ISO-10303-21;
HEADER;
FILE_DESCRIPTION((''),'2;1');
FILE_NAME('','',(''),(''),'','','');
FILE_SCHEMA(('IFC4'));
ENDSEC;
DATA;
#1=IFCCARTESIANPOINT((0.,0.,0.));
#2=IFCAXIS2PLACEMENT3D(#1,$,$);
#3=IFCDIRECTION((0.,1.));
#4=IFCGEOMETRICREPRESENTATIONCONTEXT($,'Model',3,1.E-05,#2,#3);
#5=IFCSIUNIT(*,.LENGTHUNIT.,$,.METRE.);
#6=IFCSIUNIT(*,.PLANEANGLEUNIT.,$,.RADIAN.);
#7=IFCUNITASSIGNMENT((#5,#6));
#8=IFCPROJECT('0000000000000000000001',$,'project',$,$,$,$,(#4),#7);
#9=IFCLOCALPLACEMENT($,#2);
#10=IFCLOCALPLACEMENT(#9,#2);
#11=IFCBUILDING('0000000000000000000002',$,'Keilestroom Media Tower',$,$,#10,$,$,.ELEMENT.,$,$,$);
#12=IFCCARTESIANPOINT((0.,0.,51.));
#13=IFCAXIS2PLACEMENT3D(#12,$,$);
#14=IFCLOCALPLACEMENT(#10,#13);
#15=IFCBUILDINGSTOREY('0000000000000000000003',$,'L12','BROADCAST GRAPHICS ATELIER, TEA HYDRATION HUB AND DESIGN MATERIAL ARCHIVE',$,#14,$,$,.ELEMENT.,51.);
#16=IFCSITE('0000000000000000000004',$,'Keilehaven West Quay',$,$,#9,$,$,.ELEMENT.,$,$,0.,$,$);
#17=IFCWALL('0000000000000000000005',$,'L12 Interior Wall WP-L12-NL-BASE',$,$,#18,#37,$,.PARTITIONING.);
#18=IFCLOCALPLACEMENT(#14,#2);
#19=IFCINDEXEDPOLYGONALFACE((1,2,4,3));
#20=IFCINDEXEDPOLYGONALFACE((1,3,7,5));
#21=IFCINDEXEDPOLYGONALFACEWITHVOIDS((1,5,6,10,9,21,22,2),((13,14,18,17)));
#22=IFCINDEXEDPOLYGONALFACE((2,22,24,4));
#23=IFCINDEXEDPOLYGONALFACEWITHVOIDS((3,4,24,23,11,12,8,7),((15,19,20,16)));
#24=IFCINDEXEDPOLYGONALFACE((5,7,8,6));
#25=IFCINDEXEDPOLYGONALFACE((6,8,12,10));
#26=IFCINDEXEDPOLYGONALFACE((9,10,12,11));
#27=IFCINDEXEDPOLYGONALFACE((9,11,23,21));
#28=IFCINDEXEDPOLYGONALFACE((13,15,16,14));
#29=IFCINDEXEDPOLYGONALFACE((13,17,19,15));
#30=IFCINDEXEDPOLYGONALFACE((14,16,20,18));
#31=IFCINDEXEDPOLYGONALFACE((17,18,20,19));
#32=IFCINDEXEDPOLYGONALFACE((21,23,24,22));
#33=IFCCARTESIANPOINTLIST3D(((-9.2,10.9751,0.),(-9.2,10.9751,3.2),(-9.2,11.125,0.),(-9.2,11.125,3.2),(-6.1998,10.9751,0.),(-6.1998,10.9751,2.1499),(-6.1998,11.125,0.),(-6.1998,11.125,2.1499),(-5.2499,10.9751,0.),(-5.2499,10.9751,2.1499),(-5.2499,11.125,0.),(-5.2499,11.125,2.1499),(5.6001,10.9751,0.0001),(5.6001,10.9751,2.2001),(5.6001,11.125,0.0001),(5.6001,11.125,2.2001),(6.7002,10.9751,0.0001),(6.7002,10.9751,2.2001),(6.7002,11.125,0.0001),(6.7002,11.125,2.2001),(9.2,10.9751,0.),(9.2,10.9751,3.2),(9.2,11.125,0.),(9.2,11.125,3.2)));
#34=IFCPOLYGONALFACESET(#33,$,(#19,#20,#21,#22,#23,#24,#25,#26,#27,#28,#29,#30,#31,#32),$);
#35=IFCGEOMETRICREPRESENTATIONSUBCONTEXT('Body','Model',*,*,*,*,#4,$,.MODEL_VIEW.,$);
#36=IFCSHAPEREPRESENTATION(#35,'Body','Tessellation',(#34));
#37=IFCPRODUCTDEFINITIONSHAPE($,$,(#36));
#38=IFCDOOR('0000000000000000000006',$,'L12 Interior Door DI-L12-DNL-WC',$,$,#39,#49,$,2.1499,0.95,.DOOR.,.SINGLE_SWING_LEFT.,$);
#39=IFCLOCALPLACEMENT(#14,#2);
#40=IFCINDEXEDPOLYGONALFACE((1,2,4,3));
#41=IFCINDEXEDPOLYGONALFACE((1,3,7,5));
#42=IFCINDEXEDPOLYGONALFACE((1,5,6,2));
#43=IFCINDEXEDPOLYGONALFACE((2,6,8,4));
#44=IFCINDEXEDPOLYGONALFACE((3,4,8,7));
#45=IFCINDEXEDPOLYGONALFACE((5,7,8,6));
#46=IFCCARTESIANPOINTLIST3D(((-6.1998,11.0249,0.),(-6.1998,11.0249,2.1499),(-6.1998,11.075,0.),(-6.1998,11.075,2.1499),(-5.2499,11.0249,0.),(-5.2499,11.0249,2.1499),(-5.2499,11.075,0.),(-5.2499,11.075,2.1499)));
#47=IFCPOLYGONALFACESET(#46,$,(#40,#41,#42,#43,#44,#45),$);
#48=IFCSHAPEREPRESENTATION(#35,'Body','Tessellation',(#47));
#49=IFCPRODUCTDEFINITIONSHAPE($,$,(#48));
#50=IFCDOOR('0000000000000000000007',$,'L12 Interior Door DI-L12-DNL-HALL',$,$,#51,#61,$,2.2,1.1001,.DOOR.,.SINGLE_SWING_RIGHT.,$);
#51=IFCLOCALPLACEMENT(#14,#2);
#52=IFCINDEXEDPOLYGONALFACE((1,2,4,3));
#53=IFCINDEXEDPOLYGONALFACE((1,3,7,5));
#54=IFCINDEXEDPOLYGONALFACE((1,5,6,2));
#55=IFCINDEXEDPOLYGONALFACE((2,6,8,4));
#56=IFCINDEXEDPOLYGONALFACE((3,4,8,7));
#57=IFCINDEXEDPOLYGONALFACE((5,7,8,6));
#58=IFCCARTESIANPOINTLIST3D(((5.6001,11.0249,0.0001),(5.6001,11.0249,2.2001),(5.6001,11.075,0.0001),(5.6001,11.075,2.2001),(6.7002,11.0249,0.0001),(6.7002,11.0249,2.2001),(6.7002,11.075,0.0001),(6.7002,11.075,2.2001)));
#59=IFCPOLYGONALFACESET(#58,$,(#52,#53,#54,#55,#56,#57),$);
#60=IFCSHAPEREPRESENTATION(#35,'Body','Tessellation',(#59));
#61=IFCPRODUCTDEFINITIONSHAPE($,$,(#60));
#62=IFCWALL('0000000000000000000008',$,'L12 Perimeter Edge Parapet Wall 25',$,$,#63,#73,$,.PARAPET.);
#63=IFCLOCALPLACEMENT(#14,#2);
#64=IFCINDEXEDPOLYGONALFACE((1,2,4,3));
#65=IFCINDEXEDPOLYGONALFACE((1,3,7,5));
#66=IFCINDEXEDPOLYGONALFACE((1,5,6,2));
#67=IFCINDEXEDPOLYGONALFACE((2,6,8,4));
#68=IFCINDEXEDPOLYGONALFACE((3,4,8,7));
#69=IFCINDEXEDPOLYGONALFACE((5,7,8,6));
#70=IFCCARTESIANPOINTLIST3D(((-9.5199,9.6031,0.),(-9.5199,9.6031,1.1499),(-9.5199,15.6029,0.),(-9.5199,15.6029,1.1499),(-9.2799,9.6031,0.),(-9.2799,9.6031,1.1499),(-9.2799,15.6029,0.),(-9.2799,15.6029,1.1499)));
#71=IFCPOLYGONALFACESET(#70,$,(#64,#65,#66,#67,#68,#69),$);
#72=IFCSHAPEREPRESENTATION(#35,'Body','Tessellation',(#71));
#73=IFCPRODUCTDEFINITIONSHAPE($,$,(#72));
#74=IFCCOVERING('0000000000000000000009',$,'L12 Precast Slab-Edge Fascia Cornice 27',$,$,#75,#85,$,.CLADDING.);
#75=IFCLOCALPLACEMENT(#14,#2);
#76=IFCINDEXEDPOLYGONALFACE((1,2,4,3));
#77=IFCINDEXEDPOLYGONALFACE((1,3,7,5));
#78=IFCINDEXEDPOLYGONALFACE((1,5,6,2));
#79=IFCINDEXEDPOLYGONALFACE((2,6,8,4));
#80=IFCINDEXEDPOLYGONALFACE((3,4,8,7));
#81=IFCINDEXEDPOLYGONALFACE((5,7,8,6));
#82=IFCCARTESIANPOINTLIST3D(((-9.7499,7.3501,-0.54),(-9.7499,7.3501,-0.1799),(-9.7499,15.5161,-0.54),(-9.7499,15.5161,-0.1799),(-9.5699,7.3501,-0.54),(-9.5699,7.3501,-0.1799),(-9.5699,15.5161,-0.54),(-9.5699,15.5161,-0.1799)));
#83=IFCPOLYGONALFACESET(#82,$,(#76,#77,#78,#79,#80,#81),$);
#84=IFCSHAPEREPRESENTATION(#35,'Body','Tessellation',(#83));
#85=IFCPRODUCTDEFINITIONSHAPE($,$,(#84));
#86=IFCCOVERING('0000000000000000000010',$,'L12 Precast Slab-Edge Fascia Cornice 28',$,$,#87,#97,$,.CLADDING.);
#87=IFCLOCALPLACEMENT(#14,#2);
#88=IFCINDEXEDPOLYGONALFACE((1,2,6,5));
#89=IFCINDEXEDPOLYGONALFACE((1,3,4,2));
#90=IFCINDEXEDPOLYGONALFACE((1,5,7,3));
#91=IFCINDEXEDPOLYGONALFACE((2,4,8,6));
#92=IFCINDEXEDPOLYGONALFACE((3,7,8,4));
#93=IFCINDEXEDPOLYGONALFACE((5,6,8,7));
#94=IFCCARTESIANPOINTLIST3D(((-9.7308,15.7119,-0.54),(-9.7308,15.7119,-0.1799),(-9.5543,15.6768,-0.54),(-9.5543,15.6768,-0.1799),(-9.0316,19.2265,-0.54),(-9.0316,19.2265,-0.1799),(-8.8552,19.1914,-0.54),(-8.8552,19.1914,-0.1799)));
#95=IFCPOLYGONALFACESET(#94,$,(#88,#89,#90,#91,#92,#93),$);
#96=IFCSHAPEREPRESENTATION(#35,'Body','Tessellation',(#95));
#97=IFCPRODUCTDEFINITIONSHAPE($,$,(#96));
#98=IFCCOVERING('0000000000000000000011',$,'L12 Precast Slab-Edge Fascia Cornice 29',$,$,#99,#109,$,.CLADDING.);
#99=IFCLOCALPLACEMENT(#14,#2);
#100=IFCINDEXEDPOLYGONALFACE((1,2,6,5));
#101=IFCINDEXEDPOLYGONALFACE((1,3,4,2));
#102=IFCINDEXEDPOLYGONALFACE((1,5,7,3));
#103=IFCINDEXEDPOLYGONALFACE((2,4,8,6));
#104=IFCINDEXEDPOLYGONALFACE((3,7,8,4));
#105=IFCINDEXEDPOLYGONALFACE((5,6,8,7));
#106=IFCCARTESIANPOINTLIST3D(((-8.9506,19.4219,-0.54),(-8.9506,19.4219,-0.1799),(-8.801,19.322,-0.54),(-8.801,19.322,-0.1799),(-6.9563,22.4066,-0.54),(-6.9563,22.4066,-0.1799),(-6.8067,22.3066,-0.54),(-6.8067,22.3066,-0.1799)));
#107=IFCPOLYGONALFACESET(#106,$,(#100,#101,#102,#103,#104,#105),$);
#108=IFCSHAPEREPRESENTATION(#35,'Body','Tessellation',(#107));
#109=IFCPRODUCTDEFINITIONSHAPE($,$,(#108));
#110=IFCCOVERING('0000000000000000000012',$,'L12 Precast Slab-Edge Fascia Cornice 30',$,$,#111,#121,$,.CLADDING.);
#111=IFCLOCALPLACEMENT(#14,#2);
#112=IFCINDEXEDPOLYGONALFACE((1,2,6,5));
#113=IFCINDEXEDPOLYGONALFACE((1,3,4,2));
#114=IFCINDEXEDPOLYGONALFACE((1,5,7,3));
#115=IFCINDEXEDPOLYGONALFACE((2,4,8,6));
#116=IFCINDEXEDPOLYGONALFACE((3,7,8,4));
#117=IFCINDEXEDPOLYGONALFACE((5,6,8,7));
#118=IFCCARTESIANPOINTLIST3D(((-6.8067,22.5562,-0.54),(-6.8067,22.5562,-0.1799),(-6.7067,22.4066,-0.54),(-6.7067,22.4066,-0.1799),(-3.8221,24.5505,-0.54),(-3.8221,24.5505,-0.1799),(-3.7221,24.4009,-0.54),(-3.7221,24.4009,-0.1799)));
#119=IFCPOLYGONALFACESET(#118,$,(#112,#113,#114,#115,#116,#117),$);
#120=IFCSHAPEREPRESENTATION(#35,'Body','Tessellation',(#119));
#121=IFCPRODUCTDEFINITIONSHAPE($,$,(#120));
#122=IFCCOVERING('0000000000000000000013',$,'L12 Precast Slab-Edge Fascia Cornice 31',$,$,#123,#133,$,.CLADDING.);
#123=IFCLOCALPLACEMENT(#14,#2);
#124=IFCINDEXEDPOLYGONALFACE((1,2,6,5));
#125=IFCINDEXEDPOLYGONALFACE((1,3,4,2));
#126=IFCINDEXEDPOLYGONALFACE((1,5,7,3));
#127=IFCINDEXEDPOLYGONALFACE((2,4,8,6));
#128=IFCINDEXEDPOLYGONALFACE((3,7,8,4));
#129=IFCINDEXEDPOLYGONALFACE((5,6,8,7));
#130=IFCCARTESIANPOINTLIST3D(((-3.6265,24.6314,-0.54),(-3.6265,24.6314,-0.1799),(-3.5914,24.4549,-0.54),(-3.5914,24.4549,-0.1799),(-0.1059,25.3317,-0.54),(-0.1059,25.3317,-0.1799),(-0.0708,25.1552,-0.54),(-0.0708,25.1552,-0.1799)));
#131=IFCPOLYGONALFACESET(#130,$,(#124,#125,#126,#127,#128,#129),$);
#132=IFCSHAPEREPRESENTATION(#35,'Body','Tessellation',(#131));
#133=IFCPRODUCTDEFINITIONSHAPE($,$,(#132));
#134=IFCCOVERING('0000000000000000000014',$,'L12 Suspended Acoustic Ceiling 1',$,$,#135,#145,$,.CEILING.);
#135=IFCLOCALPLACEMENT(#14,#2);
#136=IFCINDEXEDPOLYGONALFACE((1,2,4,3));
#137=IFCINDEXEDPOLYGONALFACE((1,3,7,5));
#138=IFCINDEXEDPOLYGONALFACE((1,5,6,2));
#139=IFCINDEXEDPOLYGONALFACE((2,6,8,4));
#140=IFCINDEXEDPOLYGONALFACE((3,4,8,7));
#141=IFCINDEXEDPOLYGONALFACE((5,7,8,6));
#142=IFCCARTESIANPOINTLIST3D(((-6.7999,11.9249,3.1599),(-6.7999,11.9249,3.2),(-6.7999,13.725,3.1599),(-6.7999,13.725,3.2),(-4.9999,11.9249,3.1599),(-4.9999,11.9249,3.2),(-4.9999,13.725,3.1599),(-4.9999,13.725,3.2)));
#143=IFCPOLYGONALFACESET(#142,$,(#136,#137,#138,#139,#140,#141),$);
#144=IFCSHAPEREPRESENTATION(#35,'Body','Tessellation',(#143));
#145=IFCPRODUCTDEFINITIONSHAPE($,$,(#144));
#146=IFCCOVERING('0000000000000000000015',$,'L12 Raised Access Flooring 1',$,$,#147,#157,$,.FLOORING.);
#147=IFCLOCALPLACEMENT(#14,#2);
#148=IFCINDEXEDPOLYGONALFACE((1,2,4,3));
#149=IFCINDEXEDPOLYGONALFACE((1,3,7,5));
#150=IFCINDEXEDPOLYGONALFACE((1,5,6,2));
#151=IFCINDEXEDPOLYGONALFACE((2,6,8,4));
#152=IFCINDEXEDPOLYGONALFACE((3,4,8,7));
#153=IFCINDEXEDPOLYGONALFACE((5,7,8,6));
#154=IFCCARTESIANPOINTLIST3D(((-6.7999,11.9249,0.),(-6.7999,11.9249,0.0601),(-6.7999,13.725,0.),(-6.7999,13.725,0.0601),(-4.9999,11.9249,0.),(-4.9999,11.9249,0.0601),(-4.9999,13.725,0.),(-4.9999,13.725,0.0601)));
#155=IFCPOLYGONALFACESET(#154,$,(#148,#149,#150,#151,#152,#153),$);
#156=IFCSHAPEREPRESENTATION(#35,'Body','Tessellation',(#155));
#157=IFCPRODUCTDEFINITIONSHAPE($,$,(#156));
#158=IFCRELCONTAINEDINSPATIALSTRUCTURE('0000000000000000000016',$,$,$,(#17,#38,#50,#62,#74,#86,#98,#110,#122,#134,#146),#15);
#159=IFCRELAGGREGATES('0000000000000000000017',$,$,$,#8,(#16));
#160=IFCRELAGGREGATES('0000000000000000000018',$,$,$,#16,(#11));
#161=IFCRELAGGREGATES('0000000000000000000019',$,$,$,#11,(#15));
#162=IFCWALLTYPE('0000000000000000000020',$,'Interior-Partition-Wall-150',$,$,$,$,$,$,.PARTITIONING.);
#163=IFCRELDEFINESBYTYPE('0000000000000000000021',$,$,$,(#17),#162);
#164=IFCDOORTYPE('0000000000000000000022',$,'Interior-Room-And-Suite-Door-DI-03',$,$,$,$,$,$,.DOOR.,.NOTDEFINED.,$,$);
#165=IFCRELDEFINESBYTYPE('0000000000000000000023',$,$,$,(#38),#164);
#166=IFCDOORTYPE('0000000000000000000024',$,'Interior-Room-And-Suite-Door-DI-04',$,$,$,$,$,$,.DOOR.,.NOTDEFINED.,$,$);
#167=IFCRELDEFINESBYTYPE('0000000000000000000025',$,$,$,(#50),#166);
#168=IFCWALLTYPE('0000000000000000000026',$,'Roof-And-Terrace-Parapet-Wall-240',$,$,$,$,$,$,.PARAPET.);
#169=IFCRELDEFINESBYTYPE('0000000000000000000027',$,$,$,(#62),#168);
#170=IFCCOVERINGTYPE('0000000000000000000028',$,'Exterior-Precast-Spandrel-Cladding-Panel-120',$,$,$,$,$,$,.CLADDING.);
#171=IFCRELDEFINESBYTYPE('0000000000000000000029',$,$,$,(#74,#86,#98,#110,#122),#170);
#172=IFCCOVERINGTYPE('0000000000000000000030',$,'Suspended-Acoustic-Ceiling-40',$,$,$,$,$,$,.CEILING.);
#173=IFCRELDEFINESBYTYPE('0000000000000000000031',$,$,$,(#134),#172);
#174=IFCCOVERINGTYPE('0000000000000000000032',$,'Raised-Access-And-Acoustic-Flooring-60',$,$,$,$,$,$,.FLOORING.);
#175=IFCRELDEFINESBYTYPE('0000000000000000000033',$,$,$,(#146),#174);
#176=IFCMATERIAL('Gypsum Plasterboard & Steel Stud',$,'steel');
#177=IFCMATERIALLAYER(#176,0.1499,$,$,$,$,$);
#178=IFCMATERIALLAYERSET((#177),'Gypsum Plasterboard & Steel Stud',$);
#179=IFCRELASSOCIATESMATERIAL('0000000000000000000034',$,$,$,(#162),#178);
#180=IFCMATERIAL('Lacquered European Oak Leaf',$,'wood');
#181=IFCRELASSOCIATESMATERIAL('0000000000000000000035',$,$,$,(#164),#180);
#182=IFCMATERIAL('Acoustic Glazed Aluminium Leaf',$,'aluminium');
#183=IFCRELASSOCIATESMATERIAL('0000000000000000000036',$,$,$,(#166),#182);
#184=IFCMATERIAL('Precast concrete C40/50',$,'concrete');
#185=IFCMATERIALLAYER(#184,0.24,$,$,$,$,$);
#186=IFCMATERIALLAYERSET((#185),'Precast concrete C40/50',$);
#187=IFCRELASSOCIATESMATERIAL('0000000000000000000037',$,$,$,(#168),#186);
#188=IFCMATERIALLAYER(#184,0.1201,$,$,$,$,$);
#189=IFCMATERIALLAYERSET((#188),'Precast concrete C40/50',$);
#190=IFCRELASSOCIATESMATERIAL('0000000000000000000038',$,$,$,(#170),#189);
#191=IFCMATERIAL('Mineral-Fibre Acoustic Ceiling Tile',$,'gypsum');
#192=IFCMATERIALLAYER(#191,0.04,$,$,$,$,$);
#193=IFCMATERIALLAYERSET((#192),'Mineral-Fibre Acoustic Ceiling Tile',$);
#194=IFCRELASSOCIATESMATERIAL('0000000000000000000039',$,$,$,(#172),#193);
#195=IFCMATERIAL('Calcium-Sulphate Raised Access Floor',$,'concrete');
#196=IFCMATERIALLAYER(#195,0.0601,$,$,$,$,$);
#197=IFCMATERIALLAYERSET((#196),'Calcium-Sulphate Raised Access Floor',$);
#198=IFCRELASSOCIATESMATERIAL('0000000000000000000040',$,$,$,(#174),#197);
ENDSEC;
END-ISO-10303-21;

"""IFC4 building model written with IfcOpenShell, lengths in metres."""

from ifc_helpers import new_model, si_unit, direction, frame, frame_2d, origin, origin_2d, place, context, subcontext, project, spatial, rectangle, extrude, source, transform, mapped, material, layer, layer_set, type_object, element, fill, save


model = new_model("IFC4")

# Units and contexts
model_context = context("Model", 3, precision=1e-05, world=origin(), true_north=direction((0.0, 1.0)))
body_context = subcontext(model_context, "Body", "Model", "MODEL_VIEW")
ifc_project = project(units=[si_unit("LENGTHUNIT", "METRE"), si_unit("PLANEANGLEUNIT", "RADIAN")], contexts=[model_context])

# Site, building, storey
site_placement = place(None, origin())
site = spatial("IfcSite", under=ifc_project, at=site_placement, Name="Keilehaven West Quay", CompositionType="ELEMENT", RefElevation=0.0)
building_placement = place(site_placement, origin())
building = spatial("IfcBuilding", under=site, at=building_placement, Name="Keilestroom Media Tower", CompositionType="ELEMENT")
storey_placement = place(building_placement, frame((0.0, 0.0, 51.0)))
storey = spatial("IfcBuildingStorey", under=building, at=storey_placement, Name="L12", Description="BROADCAST GRAPHICS ATELIER, TEA HYDRATION HUB AND DESIGN MATERIAL ARCHIVE", CompositionType="ELEMENT", Elevation=51.0)

# Shared definitions
ifc_material_1 = material(Name="Precast concrete C40/50", Category="concrete")
ifc_material_2 = material(Name="Gypsum Plasterboard & Steel Stud", Category="steel")

# Wall, openings, doors
ifc_layer_1 = layer(ifc_material_2, 0.1499)
ifc_layer_set_1 = layer_set([ifc_layer_1], Name="Gypsum Plasterboard & Steel Stud")
wall_type_1 = type_object("IfcWallType", Name="Interior-Partition-Wall-150", PredefinedType="PARTITIONING", material=ifc_layer_set_1)
wall_1_placement = place(storey_placement, frame((-9.2, 11.05, 0.0), z_axis=(0.0, 0.0, 1.0), x_axis=(1.0, 0.0, 0.0)))
wall_1 = element("IfcWall", 1, at=wall_1_placement, inside=storey, type_object=wall_type_1, Name="L12 Interior Wall WP-L12-NL-BASE", PredefinedType="PARTITIONING", context=body_context, shape_type="SweptSolid", body=[
    extrude(rectangle(XDim=18.3999, YDim=0.1499, at=frame_2d((9.2, 0.0))), origin(), (0.0, 0.0, 1.0), 3.2),
])
opening_1_placement = place(wall_1_placement, frame((3.0, 0.0, 0.0)))
opening_1 = element("IfcOpeningElement", 2, at=opening_1_placement, cuts=wall_1, PredefinedType="OPENING", context=body_context, shape_type="SweptSolid", body=[
    extrude(rectangle(XDim=0.95, YDim=2.1499, at=frame_2d((0.4751, 1.075))), frame((0.0, 0.085, 0.0), z_axis=(0.0, -1.0, 0.0), x_axis=(1.0, 0.0, 0.0)), (0.0, 0.0, 1.0), 0.1699),
])
opening_2_placement = place(wall_1_placement, frame((14.8, 0.0, 0.0)))
opening_2 = element("IfcOpeningElement", 3, at=opening_2_placement, cuts=wall_1, PredefinedType="OPENING", context=body_context, shape_type="SweptSolid", body=[
    extrude(rectangle(XDim=1.1001, YDim=2.2, at=frame_2d((0.55, 1.1001))), frame((0.0, 0.085, 0.0), z_axis=(0.0, -1.0, 0.0), x_axis=(1.0, 0.0, 0.0)), (0.0, 0.0, 1.0), 0.1699),
])
ifc_material_3 = material(Name="Lacquered European Oak Leaf", Category="wood")
door_type_1 = type_object("IfcDoorType", Name="Interior-Room-And-Suite-Door-DI-03", OperationType="NOTDEFINED", PredefinedType="DOOR", material=ifc_material_3)
shared_shape_1 = source(origin(), body_context, "Body", "SweptSolid", [
    extrude(rectangle(XDim=0.95, YDim=2.1499, at=frame_2d((0.4751, 1.075))), frame((0.0, 0.0249, 0.0), z_axis=(0.0, -1.0, 0.0), x_axis=(1.0, 0.0, 0.0)), (0.0, 0.0, 1.0), 0.05),
])
door_1_placement = place(opening_1_placement, origin())
door_1 = element("IfcDoor", 4, at=door_1_placement, inside=storey, type_object=door_type_1, Name="L12 Interior Door DI-L12-DNL-WC", OperationType="SINGLE_SWING_LEFT", OverallHeight=2.1499, OverallWidth=0.95, PredefinedType="DOOR", context=body_context, shape_type="MappedRepresentation", body=[
    mapped(shared_shape_1, transform((0.0, 0.0, 0.0), x_axis=(1.0, 0.0, 0.0), y_axis=(0.0, 1.0, 0.0), z_axis=(0.0, 0.0, 1.0), scale=1.0)),
])
fill(opening_1, door_1)
ifc_material_4 = material(Name="Acoustic Glazed Aluminium Leaf", Category="aluminium")
door_type_2 = type_object("IfcDoorType", Name="Interior-Room-And-Suite-Door-DI-04", OperationType="NOTDEFINED", PredefinedType="DOOR", material=ifc_material_4)
shared_shape_2 = source(origin(), body_context, "Body", "SweptSolid", [
    extrude(rectangle(XDim=1.1001, YDim=2.2, at=frame_2d((0.55, 1.1001))), frame((0.0, 0.0249, 0.0), z_axis=(0.0, -1.0, 0.0), x_axis=(1.0, 0.0, 0.0)), (0.0, 0.0, 1.0), 0.05),
])
door_2_placement = place(opening_2_placement, origin())
door_2 = element("IfcDoor", 5, at=door_2_placement, inside=storey, type_object=door_type_2, Name="L12 Interior Door DI-L12-DNL-HALL", OperationType="SINGLE_SWING_RIGHT", OverallHeight=2.2, OverallWidth=1.1001, PredefinedType="DOOR", context=body_context, shape_type="MappedRepresentation", body=[
    mapped(shared_shape_2, transform((0.0, 0.0, 0.0), x_axis=(1.0, 0.0, 0.0), y_axis=(0.0, 1.0, 0.0), z_axis=(0.0, 0.0, 1.0), scale=1.0)),
])
fill(opening_2, door_2)

# Wall
ifc_layer_2 = layer(ifc_material_1, 0.24)
ifc_layer_set_2 = layer_set([ifc_layer_2], Name="Precast concrete C40/50")
wall_type_2 = type_object("IfcWallType", Name="Roof-And-Terrace-Parapet-Wall-240", PredefinedType="PARAPET", material=ifc_layer_set_2)
wall_2_placement = place(storey_placement, frame((-9.3999, 9.603, 0.0), z_axis=(0.0, 0.0, 1.0), x_axis=(0.0, 1.0, 0.0)))
element("IfcWall", 6, at=wall_2_placement, inside=storey, type_object=wall_type_2, Name="L12 Perimeter Edge Parapet Wall 25", PredefinedType="PARAPET", context=body_context, shape_type="SweptSolid", body=[
    extrude(rectangle(XDim=5.9998, YDim=0.24, at=frame_2d((3.0, 0.0))), origin(), (0.0, 0.0, 1.0), 1.1499),
])

# Coverings
ifc_layer_3 = layer(ifc_material_1, 0.1201)
ifc_layer_set_3 = layer_set([ifc_layer_3], Name="Precast concrete C40/50")
covering_type_1 = type_object("IfcCoveringType", Name="Exterior-Precast-Spandrel-Cladding-Panel-120", PredefinedType="CLADDING", material=ifc_layer_set_3)
shared_shape_3 = source(origin(), body_context, "Body", "SweptSolid", [
    extrude(rectangle(XDim=8.166, YDim=0.1799, at=origin_2d()), origin(), (0.0, 0.0, 1.0), 0.3601),
])
covering_1_placement = place(storey_placement, frame((-9.6599, 11.4331, -0.54), z_axis=(0.0, 0.0, 1.0), x_axis=(0.0, 1.0, 0.0)))
element("IfcCovering", 7, at=covering_1_placement, inside=storey, type_object=covering_type_1, Name="L12 Precast Slab-Edge Fascia Cornice 27", PredefinedType="CLADDING", context=body_context, shape_type="MappedRepresentation", body=[
    mapped(shared_shape_3, transform((0.0, 0.0, 0.0), x_axis=(1.0, 0.0, 0.0), y_axis=(0.0, 1.0, 0.0), z_axis=(0.0, 0.0, 1.0), scale=1.0)),
])
shared_shape_4 = source(origin(), body_context, "Body", "SweptSolid", [
    extrude(rectangle(XDim=3.5835, YDim=0.1799, at=origin_2d()), origin(), (0.0, 0.0, 1.0), 0.3601),
])
covering_2_placement = place(storey_placement, frame((-9.293, 17.4517, -0.54), z_axis=(0.0, 0.0, 1.0), x_axis=(0.195099, 0.980784, 0.0)))
element("IfcCovering", 8, at=covering_2_placement, inside=storey, type_object=covering_type_1, Name="L12 Precast Slab-Edge Fascia Cornice 28", PredefinedType="CLADDING", context=body_context, shape_type="MappedRepresentation", body=[
    mapped(shared_shape_4, transform((0.0, 0.0, 0.0), x_axis=(1.0, 0.0, 0.0), y_axis=(0.0, 1.0, 0.0), z_axis=(0.0, 0.0, 1.0), scale=1.0)),
])
shared_shape_5 = source(origin(), body_context, "Body", "SweptSolid", [
    extrude(rectangle(XDim=3.5896, YDim=0.1799, at=origin_2d()), origin(), (0.0, 0.0, 1.0), 0.3601),
])
for number, where, z_axis, x_axis, name in (
    (9, (-7.8787, 20.8643, -0.54), (0.0, 0.0, 1.0), (0.555575, 0.831467, 0.0), "L12 Precast Slab-Edge Fascia Cornice 29"),
    (10, (-5.2644, 23.4785, -0.54), (0.0, 0.0, 1.0), (0.831467, 0.555575, 0.0), "L12 Precast Slab-Edge Fascia Cornice 30"),
    (11, (-1.8486, 24.8933, -0.54), (0.0, 0.0, 1.0), (0.980784, 0.195099, 0.0), "L12 Precast Slab-Edge Fascia Cornice 31"),
):
    element("IfcCovering", number, at=place(storey_placement, frame(where, z_axis=z_axis, x_axis=x_axis)), inside=storey, type_object=covering_type_1, Name=name, PredefinedType="CLADDING", context=body_context, shape_type="MappedRepresentation", body=[
        mapped(shared_shape_5, transform((0.0, 0.0, 0.0), x_axis=(1.0, 0.0, 0.0), y_axis=(0.0, 1.0, 0.0), z_axis=(0.0, 0.0, 1.0), scale=1.0)),
    ])
ifc_material_5 = material(Name="Mineral-Fibre Acoustic Ceiling Tile", Category="gypsum")
ifc_layer_4 = layer(ifc_material_5, 0.04)
ifc_layer_set_4 = layer_set([ifc_layer_4], Name="Mineral-Fibre Acoustic Ceiling Tile")
covering_type_2 = type_object("IfcCoveringType", Name="Suspended-Acoustic-Ceiling-40", PredefinedType="CEILING", material=ifc_layer_set_4)
shared_shape_6 = source(origin(), body_context, "Body", "SweptSolid", [
    extrude(rectangle(XDim=1.8, YDim=1.8, at=origin_2d()), origin(), (0.0, 0.0, 1.0), 0.04),
])
covering_3_placement = place(storey_placement, frame((-5.8999, 12.825, 3.1599), z_axis=(0.0, 0.0, 1.0), x_axis=(1.0, 0.0, 0.0)))
element("IfcCovering", 12, at=covering_3_placement, inside=storey, type_object=covering_type_2, Name="L12 Suspended Acoustic Ceiling 1", PredefinedType="CEILING", context=body_context, shape_type="MappedRepresentation", body=[
    mapped(shared_shape_6, transform((0.0, 0.0, 0.0), x_axis=(1.0, 0.0, 0.0), y_axis=(0.0, 1.0, 0.0), z_axis=(0.0, 0.0, 1.0), scale=1.0)),
])
ifc_material_6 = material(Name="Calcium-Sulphate Raised Access Floor", Category="concrete")
ifc_layer_5 = layer(ifc_material_6, 0.0601)
ifc_layer_set_5 = layer_set([ifc_layer_5], Name="Calcium-Sulphate Raised Access Floor")
covering_type_3 = type_object("IfcCoveringType", Name="Raised-Access-And-Acoustic-Flooring-60", PredefinedType="FLOORING", material=ifc_layer_set_5)
shared_shape_7 = source(origin(), body_context, "Body", "SweptSolid", [
    extrude(rectangle(XDim=1.8, YDim=1.8, at=origin_2d()), origin(), (0.0, 0.0, 1.0), 0.0601),
])
covering_4_placement = place(storey_placement, frame((-5.8999, 12.825, 0.0), z_axis=(0.0, 0.0, 1.0), x_axis=(1.0, 0.0, 0.0)))
element("IfcCovering", 13, at=covering_4_placement, inside=storey, type_object=covering_type_3, Name="L12 Raised Access Flooring 1", PredefinedType="FLOORING", context=body_context, shape_type="MappedRepresentation", body=[
    mapped(shared_shape_7, transform((0.0, 0.0, 0.0), x_axis=(1.0, 0.0, 0.0), y_axis=(0.0, 1.0, 0.0), z_axis=(0.0, 0.0, 1.0), scale=1.0)),
])

save(model, "model.ifc")
